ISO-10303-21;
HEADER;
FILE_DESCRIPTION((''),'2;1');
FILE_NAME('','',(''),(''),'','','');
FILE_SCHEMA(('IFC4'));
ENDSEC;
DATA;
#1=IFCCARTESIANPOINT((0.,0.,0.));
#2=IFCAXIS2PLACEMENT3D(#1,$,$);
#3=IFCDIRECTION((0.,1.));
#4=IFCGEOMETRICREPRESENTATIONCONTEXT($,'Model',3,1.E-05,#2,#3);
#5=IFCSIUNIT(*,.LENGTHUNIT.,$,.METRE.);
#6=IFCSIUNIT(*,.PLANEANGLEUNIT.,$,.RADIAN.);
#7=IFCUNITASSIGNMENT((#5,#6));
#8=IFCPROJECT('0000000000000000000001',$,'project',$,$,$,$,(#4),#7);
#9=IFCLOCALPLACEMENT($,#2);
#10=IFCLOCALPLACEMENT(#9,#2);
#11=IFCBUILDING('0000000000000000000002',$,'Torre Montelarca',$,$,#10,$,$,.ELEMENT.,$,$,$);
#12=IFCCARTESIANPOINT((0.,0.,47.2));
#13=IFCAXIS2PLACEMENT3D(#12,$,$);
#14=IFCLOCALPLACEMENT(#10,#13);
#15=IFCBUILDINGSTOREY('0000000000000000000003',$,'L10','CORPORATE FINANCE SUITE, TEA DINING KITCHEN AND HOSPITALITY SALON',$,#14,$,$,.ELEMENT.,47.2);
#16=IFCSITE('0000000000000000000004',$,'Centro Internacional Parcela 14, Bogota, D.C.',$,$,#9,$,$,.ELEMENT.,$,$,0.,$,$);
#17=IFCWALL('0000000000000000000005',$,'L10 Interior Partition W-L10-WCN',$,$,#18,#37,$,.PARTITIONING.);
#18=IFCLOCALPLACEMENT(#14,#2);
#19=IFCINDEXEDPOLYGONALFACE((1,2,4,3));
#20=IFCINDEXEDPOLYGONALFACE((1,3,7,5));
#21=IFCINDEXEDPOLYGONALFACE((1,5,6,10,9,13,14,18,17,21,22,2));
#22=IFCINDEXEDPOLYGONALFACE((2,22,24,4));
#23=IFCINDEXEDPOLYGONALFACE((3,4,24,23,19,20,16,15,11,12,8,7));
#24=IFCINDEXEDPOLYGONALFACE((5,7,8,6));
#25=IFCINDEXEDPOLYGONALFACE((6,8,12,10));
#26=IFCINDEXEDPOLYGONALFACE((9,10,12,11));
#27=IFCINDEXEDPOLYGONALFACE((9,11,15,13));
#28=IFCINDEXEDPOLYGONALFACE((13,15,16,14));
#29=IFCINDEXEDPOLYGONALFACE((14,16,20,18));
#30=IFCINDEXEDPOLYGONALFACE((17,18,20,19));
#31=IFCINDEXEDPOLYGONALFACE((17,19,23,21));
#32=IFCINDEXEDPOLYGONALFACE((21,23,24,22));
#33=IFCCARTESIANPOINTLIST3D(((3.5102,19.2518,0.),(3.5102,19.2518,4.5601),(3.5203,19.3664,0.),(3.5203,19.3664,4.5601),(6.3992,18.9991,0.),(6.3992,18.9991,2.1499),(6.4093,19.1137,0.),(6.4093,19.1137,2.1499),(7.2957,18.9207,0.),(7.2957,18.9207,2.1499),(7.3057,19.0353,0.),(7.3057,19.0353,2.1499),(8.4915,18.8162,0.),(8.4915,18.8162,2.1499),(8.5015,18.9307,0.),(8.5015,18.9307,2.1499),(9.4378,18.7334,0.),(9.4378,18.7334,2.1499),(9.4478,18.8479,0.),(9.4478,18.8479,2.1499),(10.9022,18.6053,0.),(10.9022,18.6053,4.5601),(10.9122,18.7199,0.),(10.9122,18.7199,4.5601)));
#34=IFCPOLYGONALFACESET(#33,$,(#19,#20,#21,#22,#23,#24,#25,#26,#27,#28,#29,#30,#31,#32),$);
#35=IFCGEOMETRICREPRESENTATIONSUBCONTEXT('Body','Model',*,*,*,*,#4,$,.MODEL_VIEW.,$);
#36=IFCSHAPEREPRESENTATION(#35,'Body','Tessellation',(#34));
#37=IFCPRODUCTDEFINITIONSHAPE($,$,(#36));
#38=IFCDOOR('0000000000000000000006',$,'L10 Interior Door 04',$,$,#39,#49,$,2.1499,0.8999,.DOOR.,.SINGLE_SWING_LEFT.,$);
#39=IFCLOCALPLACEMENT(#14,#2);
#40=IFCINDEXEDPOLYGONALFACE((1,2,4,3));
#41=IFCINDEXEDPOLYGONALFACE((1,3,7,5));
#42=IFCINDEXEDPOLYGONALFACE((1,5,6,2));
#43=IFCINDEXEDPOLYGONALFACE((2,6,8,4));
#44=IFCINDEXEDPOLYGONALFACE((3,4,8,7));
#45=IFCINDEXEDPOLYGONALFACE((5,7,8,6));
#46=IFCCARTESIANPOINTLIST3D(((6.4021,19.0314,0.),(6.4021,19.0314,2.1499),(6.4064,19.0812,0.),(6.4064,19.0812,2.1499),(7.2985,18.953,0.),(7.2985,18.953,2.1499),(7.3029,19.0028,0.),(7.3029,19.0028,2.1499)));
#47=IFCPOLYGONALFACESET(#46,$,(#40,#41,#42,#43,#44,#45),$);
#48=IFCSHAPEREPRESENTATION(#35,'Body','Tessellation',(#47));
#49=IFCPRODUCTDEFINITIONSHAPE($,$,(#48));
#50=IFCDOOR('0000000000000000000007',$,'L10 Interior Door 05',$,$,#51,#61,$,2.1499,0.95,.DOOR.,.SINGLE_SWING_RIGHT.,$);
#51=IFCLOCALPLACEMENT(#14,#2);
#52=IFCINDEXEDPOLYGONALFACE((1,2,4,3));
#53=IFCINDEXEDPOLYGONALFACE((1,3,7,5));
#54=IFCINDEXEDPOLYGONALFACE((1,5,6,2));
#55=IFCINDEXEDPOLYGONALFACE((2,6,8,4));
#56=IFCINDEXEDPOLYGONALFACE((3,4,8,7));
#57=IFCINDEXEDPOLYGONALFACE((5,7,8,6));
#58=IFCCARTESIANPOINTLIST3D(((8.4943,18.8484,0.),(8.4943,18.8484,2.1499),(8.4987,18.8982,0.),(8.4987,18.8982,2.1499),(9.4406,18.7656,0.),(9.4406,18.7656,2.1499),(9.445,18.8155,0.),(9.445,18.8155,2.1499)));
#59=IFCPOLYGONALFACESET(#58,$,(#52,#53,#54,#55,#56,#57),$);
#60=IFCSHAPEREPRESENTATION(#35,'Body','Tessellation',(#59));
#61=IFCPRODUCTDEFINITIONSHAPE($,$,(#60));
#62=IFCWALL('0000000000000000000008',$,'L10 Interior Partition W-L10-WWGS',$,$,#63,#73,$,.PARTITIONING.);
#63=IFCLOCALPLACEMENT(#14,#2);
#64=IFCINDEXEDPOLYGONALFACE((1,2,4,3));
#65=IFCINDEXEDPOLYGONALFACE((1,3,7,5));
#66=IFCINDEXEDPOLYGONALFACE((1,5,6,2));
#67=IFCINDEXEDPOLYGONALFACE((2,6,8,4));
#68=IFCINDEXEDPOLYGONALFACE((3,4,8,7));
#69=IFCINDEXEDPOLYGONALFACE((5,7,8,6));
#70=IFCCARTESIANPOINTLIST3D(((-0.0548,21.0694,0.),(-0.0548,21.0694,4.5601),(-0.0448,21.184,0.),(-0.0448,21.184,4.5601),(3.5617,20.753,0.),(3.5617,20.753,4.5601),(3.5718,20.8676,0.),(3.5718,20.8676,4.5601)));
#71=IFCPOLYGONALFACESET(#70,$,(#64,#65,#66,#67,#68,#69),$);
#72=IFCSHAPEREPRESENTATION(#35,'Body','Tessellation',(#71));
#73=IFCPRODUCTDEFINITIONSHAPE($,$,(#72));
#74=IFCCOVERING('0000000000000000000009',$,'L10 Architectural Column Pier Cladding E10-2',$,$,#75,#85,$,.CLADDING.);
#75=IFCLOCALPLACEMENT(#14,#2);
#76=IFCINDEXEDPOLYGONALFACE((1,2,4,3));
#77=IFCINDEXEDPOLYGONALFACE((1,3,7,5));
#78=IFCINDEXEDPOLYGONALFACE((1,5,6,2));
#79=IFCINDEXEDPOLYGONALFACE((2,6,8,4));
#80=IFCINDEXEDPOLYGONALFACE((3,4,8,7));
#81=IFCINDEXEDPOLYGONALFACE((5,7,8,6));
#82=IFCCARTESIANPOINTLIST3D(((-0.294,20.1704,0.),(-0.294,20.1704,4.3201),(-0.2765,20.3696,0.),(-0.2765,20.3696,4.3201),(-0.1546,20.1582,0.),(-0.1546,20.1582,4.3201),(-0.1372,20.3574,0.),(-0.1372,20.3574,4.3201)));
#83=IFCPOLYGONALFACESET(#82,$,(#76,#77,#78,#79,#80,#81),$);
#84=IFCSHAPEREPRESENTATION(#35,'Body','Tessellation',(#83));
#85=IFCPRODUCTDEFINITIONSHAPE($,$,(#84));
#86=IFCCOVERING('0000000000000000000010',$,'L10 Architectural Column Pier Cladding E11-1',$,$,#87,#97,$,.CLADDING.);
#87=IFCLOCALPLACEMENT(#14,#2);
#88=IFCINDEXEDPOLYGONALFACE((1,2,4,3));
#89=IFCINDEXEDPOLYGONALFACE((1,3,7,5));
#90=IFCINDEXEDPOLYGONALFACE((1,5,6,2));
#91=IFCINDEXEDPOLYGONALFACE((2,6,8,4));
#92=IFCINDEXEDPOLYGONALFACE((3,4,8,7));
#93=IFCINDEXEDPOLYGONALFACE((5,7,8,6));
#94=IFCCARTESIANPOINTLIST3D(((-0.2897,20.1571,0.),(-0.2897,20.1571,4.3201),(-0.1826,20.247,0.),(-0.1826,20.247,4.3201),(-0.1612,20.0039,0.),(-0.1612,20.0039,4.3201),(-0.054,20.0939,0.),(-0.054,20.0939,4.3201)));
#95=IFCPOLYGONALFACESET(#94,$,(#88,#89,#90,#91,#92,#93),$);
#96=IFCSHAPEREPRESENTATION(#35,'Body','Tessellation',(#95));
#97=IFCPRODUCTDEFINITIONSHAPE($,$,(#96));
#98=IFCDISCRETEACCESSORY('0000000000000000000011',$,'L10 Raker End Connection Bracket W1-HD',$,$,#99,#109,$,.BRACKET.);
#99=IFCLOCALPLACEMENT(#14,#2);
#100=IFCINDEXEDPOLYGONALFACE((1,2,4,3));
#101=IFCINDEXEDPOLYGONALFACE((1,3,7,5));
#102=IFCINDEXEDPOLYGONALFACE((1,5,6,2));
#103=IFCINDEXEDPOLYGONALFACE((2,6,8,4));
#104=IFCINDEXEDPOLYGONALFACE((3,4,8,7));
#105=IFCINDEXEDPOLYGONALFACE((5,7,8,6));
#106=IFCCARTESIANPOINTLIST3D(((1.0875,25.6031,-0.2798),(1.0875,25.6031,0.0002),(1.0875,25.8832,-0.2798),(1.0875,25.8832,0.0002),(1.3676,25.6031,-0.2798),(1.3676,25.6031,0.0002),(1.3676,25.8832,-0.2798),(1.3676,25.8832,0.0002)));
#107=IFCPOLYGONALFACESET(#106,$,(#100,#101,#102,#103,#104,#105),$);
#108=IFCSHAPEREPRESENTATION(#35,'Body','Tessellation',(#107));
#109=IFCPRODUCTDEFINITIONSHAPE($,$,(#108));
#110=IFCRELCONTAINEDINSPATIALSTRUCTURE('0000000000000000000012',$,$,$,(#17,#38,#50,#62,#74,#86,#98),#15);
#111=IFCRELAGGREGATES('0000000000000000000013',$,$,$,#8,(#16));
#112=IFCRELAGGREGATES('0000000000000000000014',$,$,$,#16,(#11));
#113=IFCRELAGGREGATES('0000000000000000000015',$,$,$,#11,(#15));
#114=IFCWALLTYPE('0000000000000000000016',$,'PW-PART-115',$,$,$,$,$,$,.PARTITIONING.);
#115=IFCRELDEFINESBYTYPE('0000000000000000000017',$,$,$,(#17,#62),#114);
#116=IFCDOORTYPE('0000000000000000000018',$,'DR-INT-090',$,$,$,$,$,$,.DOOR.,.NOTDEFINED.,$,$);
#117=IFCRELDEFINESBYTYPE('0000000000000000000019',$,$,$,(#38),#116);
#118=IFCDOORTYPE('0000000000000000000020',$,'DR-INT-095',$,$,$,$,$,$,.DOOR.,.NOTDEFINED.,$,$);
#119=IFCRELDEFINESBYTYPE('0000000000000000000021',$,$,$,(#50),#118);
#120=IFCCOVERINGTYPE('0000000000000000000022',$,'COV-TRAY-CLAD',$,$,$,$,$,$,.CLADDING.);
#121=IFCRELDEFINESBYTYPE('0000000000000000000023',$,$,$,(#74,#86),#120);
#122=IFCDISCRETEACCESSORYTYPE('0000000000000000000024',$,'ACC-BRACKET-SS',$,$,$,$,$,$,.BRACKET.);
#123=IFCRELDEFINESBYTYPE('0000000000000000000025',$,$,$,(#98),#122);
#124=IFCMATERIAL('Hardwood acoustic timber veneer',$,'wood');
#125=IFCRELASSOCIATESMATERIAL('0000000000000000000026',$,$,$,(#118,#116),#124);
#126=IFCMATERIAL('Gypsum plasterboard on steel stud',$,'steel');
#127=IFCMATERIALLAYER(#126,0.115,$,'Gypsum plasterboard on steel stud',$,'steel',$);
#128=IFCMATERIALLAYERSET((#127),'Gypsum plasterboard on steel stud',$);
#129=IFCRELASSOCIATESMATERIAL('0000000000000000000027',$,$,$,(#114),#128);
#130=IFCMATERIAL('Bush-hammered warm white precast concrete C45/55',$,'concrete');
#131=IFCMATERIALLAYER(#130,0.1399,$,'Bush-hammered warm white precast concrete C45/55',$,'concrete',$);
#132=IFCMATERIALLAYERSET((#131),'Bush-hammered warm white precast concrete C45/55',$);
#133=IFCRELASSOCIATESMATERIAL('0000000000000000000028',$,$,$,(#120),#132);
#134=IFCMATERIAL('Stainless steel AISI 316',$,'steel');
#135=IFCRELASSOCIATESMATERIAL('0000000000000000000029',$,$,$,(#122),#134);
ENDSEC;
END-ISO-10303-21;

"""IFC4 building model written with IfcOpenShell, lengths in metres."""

from ifc_helpers import new_model, si_unit, direction, frame, frame_2d, origin, origin_2d, place, context, subcontext, project, spatial, rectangle, extrude, source, transform, mapped, material, layer, layer_set, type_object, element, fill, save


model = new_model("IFC4")

# Units and contexts
model_context = context("Model", 3, precision=1e-05, world=origin(), true_north=direction((0.0, 1.0)))
body_context = subcontext(model_context, "Body", "Model", "MODEL_VIEW")
ifc_project = project(units=[si_unit("LENGTHUNIT", "METRE"), si_unit("PLANEANGLEUNIT", "RADIAN")], contexts=[model_context])

# Site, building, storey
site_placement = place(None, origin())
site = spatial("IfcSite", under=ifc_project, at=site_placement, Name="Centro Internacional Parcela 14, Bogota, D.C.", CompositionType="ELEMENT", RefElevation=0.0)
building_placement = place(site_placement, origin())
building = spatial("IfcBuilding", under=site, at=building_placement, Name="Torre Montelarca", CompositionType="ELEMENT")
storey_placement = place(building_placement, frame((0.0, 0.0, 47.2)))
storey = spatial("IfcBuildingStorey", under=building, at=storey_placement, Name="L10", Description="CORPORATE FINANCE SUITE, TEA DINING KITCHEN AND HOSPITALITY SALON", CompositionType="ELEMENT", Elevation=47.2)

# Shared definitions
ifc_material_1 = material(Name="Gypsum plasterboard on steel stud", Category="steel")

# Shared definitions
ifc_material_2 = material(Name="Hardwood acoustic timber veneer", Category="wood")
door_type_1 = type_object("IfcDoorType", Name="DR-INT-095", OperationType="NOTDEFINED", PredefinedType="DOOR", material=ifc_material_2)
shared_shape_1 = source(origin(), body_context, "Body", "SweptSolid", [
    extrude(rectangle(XDim=0.95, YDim=2.1499, at=frame_2d((0.4751, 1.075))), frame((0.0, 0.0249, 0.0), z_axis=(0.0, -1.0, 0.0), x_axis=(1.0, 0.0, 0.0)), (0.0, 0.0, 1.0), 0.05),
])

# Wall, openings, doors
ifc_layer_1 = layer(ifc_material_1, 0.115, Name="Gypsum plasterboard on steel stud", Category="steel")
ifc_layer_set_1 = layer_set([ifc_layer_1], Name="Gypsum plasterboard on steel stud")
wall_type_1 = type_object("IfcWallType", Name="PW-PART-115", PredefinedType="PARTITIONING", material=ifc_layer_set_1)
wall_1_placement = place(storey_placement, frame((3.5154, 19.3091, 0.0), z_axis=(0.0, 0.0, 1.0), x_axis=(0.996197, -0.087127, 0.0)))
wall_1 = element("IfcWall", 1, at=wall_1_placement, inside=storey, type_object=wall_type_1, Name="L10 Interior Partition W-L10-WCN", PredefinedType="PARTITIONING", context=body_context, shape_type="SweptSolid", body=[
    extrude(rectangle(XDim=7.4202, YDim=0.115, at=frame_2d((3.71, 0.0))), origin(), (0.0, 0.0, 1.0), 4.5601),
])
opening_1_placement = place(wall_1_placement, frame((2.8999, 0.0, 0.0)))
opening_1 = element("IfcOpeningElement", 2, at=opening_1_placement, cuts=wall_1, PredefinedType="OPENING", context=body_context, shape_type="SweptSolid", body=[
    extrude(rectangle(XDim=0.8999, YDim=2.1499, at=frame_2d((0.45, 1.075))), frame((0.0, 0.0674, 0.0), z_axis=(0.0, -1.0, 0.0), x_axis=(1.0, 0.0, 0.0)), (0.0, 0.0, 1.0), 0.135),
])
opening_2_placement = place(wall_1_placement, frame((5.0, 0.0, 0.0)))
opening_2 = element("IfcOpeningElement", 3, at=opening_2_placement, cuts=wall_1, PredefinedType="OPENING", context=body_context, shape_type="SweptSolid", body=[
    extrude(rectangle(XDim=0.95, YDim=2.1499, at=frame_2d((0.4751, 1.075))), frame((0.0, 0.0674, 0.0), z_axis=(0.0, -1.0, 0.0), x_axis=(1.0, 0.0, 0.0)), (0.0, 0.0, 1.0), 0.135),
])
door_type_2 = type_object("IfcDoorType", Name="DR-INT-090", OperationType="NOTDEFINED", PredefinedType="DOOR", material=ifc_material_2)
shared_shape_2 = source(origin(), body_context, "Body", "SweptSolid", [
    extrude(rectangle(XDim=0.8999, YDim=2.1499, at=frame_2d((0.45, 1.075))), frame((0.0, 0.0249, 0.0), z_axis=(0.0, -1.0, 0.0), x_axis=(1.0, 0.0, 0.0)), (0.0, 0.0, 1.0), 0.05),
])
door_1_placement = place(opening_1_placement, origin())
door_1 = element("IfcDoor", 4, at=door_1_placement, inside=storey, type_object=door_type_2, Name="L10 Interior Door 04", OperationType="SINGLE_SWING_LEFT", OverallHeight=2.1499, OverallWidth=0.8999, PredefinedType="DOOR", context=body_context, shape_type="MappedRepresentation", body=[
    mapped(shared_shape_2, transform((0.0, 0.0, 0.0), scale=1.0)),
])
fill(opening_1, door_1)
door_2_placement = place(opening_2_placement, origin())
door_2 = element("IfcDoor", 5, at=door_2_placement, inside=storey, type_object=door_type_1, Name="L10 Interior Door 05", OperationType="SINGLE_SWING_RIGHT", OverallHeight=2.1499, OverallWidth=0.95, PredefinedType="DOOR", context=body_context, shape_type="MappedRepresentation", body=[
    mapped(shared_shape_1, transform((0.0, 0.0, 0.0), scale=1.0)),
])
fill(opening_2, door_2)

# Wall
wall_2_placement = place(storey_placement, frame((-0.0498, 21.1267, 0.0), z_axis=(0.0, 0.0, 1.0), x_axis=(0.996195, -0.087158, 0.0)))
element("IfcWall", 6, at=wall_2_placement, inside=storey, type_object=wall_type_1, Name="L10 Interior Partition W-L10-WWGS", PredefinedType="PARTITIONING", context=body_context, shape_type="SweptSolid", body=[
    extrude(rectangle(XDim=3.6304, YDim=0.115, at=frame_2d((1.8152, 0.0))), origin(), (0.0, 0.0, 1.0), 4.5601),
])

# Coverings
ifc_material_3 = material(Name="Bush-hammered warm white precast concrete C45/55", Category="concrete")
ifc_layer_2 = layer(ifc_material_3, 0.1399, Name="Bush-hammered warm white precast concrete C45/55", Category="concrete")
ifc_layer_set_2 = layer_set([ifc_layer_2], Name="Bush-hammered warm white precast concrete C45/55")
covering_type = type_object("IfcCoveringType", Name="COV-TRAY-CLAD", PredefinedType="CLADDING", material=ifc_layer_set_2)
shared_shape_3 = source(origin(), body_context, "Body", "SweptSolid", [
    extrude(rectangle(XDim=0.2, YDim=0.1399, at=origin_2d()), origin(), (0.0, 0.0, 1.0), 4.3201),
])
for number, where, z_axis, x_axis, name in (
    (7, (-0.2156, 20.2639, 0.0), (0.0, 0.0, 1.0), (-0.087161, -0.996194, 0.0), "L10 Architectural Column Pier Cladding E10-2"),
    (8, (-0.1719, 20.1255, 0.0), (0.0, 0.0, 1.0), (0.642794, -0.766039, 0.0), "L10 Architectural Column Pier Cladding E11-1"),
):
    element("IfcCovering", number, at=place(storey_placement, frame(where, z_axis=z_axis, x_axis=x_axis)), inside=storey, type_object=covering_type, Name=name, PredefinedType="CLADDING", context=body_context, shape_type="MappedRepresentation", body=[
        mapped(shared_shape_3, transform((0.0, 0.0, 0.0), scale=1.0)),
    ])

# Discrete accessory
ifc_material_4 = material(Name="Stainless steel AISI 316", Category="steel")
discrete_accessory_type = type_object("IfcDiscreteAccessoryType", Name="ACC-BRACKET-SS", PredefinedType="BRACKET", material=ifc_material_4)
shared_shape_4 = source(origin(), body_context, "Body", "SweptSolid", [
    extrude(rectangle(XDim=0.28, YDim=0.28, at=origin_2d()), origin(), (0.0, 0.0, 1.0), 0.28),
])
discrete_accessory_placement = place(storey_placement, frame((1.2275, 25.7432, -0.2798), z_axis=(0.0, 0.0, 1.0), x_axis=(1.0, 0.0, 0.0)))
element("IfcDiscreteAccessory", 9, at=discrete_accessory_placement, inside=storey, type_object=discrete_accessory_type, Name="L10 Raker End Connection Bracket W1-HD", PredefinedType="BRACKET", context=body_context, shape_type="MappedRepresentation", body=[
    mapped(shared_shape_4, transform((0.0, 0.0, 0.0), scale=1.0)),
])

save(model, "model.ifc")
